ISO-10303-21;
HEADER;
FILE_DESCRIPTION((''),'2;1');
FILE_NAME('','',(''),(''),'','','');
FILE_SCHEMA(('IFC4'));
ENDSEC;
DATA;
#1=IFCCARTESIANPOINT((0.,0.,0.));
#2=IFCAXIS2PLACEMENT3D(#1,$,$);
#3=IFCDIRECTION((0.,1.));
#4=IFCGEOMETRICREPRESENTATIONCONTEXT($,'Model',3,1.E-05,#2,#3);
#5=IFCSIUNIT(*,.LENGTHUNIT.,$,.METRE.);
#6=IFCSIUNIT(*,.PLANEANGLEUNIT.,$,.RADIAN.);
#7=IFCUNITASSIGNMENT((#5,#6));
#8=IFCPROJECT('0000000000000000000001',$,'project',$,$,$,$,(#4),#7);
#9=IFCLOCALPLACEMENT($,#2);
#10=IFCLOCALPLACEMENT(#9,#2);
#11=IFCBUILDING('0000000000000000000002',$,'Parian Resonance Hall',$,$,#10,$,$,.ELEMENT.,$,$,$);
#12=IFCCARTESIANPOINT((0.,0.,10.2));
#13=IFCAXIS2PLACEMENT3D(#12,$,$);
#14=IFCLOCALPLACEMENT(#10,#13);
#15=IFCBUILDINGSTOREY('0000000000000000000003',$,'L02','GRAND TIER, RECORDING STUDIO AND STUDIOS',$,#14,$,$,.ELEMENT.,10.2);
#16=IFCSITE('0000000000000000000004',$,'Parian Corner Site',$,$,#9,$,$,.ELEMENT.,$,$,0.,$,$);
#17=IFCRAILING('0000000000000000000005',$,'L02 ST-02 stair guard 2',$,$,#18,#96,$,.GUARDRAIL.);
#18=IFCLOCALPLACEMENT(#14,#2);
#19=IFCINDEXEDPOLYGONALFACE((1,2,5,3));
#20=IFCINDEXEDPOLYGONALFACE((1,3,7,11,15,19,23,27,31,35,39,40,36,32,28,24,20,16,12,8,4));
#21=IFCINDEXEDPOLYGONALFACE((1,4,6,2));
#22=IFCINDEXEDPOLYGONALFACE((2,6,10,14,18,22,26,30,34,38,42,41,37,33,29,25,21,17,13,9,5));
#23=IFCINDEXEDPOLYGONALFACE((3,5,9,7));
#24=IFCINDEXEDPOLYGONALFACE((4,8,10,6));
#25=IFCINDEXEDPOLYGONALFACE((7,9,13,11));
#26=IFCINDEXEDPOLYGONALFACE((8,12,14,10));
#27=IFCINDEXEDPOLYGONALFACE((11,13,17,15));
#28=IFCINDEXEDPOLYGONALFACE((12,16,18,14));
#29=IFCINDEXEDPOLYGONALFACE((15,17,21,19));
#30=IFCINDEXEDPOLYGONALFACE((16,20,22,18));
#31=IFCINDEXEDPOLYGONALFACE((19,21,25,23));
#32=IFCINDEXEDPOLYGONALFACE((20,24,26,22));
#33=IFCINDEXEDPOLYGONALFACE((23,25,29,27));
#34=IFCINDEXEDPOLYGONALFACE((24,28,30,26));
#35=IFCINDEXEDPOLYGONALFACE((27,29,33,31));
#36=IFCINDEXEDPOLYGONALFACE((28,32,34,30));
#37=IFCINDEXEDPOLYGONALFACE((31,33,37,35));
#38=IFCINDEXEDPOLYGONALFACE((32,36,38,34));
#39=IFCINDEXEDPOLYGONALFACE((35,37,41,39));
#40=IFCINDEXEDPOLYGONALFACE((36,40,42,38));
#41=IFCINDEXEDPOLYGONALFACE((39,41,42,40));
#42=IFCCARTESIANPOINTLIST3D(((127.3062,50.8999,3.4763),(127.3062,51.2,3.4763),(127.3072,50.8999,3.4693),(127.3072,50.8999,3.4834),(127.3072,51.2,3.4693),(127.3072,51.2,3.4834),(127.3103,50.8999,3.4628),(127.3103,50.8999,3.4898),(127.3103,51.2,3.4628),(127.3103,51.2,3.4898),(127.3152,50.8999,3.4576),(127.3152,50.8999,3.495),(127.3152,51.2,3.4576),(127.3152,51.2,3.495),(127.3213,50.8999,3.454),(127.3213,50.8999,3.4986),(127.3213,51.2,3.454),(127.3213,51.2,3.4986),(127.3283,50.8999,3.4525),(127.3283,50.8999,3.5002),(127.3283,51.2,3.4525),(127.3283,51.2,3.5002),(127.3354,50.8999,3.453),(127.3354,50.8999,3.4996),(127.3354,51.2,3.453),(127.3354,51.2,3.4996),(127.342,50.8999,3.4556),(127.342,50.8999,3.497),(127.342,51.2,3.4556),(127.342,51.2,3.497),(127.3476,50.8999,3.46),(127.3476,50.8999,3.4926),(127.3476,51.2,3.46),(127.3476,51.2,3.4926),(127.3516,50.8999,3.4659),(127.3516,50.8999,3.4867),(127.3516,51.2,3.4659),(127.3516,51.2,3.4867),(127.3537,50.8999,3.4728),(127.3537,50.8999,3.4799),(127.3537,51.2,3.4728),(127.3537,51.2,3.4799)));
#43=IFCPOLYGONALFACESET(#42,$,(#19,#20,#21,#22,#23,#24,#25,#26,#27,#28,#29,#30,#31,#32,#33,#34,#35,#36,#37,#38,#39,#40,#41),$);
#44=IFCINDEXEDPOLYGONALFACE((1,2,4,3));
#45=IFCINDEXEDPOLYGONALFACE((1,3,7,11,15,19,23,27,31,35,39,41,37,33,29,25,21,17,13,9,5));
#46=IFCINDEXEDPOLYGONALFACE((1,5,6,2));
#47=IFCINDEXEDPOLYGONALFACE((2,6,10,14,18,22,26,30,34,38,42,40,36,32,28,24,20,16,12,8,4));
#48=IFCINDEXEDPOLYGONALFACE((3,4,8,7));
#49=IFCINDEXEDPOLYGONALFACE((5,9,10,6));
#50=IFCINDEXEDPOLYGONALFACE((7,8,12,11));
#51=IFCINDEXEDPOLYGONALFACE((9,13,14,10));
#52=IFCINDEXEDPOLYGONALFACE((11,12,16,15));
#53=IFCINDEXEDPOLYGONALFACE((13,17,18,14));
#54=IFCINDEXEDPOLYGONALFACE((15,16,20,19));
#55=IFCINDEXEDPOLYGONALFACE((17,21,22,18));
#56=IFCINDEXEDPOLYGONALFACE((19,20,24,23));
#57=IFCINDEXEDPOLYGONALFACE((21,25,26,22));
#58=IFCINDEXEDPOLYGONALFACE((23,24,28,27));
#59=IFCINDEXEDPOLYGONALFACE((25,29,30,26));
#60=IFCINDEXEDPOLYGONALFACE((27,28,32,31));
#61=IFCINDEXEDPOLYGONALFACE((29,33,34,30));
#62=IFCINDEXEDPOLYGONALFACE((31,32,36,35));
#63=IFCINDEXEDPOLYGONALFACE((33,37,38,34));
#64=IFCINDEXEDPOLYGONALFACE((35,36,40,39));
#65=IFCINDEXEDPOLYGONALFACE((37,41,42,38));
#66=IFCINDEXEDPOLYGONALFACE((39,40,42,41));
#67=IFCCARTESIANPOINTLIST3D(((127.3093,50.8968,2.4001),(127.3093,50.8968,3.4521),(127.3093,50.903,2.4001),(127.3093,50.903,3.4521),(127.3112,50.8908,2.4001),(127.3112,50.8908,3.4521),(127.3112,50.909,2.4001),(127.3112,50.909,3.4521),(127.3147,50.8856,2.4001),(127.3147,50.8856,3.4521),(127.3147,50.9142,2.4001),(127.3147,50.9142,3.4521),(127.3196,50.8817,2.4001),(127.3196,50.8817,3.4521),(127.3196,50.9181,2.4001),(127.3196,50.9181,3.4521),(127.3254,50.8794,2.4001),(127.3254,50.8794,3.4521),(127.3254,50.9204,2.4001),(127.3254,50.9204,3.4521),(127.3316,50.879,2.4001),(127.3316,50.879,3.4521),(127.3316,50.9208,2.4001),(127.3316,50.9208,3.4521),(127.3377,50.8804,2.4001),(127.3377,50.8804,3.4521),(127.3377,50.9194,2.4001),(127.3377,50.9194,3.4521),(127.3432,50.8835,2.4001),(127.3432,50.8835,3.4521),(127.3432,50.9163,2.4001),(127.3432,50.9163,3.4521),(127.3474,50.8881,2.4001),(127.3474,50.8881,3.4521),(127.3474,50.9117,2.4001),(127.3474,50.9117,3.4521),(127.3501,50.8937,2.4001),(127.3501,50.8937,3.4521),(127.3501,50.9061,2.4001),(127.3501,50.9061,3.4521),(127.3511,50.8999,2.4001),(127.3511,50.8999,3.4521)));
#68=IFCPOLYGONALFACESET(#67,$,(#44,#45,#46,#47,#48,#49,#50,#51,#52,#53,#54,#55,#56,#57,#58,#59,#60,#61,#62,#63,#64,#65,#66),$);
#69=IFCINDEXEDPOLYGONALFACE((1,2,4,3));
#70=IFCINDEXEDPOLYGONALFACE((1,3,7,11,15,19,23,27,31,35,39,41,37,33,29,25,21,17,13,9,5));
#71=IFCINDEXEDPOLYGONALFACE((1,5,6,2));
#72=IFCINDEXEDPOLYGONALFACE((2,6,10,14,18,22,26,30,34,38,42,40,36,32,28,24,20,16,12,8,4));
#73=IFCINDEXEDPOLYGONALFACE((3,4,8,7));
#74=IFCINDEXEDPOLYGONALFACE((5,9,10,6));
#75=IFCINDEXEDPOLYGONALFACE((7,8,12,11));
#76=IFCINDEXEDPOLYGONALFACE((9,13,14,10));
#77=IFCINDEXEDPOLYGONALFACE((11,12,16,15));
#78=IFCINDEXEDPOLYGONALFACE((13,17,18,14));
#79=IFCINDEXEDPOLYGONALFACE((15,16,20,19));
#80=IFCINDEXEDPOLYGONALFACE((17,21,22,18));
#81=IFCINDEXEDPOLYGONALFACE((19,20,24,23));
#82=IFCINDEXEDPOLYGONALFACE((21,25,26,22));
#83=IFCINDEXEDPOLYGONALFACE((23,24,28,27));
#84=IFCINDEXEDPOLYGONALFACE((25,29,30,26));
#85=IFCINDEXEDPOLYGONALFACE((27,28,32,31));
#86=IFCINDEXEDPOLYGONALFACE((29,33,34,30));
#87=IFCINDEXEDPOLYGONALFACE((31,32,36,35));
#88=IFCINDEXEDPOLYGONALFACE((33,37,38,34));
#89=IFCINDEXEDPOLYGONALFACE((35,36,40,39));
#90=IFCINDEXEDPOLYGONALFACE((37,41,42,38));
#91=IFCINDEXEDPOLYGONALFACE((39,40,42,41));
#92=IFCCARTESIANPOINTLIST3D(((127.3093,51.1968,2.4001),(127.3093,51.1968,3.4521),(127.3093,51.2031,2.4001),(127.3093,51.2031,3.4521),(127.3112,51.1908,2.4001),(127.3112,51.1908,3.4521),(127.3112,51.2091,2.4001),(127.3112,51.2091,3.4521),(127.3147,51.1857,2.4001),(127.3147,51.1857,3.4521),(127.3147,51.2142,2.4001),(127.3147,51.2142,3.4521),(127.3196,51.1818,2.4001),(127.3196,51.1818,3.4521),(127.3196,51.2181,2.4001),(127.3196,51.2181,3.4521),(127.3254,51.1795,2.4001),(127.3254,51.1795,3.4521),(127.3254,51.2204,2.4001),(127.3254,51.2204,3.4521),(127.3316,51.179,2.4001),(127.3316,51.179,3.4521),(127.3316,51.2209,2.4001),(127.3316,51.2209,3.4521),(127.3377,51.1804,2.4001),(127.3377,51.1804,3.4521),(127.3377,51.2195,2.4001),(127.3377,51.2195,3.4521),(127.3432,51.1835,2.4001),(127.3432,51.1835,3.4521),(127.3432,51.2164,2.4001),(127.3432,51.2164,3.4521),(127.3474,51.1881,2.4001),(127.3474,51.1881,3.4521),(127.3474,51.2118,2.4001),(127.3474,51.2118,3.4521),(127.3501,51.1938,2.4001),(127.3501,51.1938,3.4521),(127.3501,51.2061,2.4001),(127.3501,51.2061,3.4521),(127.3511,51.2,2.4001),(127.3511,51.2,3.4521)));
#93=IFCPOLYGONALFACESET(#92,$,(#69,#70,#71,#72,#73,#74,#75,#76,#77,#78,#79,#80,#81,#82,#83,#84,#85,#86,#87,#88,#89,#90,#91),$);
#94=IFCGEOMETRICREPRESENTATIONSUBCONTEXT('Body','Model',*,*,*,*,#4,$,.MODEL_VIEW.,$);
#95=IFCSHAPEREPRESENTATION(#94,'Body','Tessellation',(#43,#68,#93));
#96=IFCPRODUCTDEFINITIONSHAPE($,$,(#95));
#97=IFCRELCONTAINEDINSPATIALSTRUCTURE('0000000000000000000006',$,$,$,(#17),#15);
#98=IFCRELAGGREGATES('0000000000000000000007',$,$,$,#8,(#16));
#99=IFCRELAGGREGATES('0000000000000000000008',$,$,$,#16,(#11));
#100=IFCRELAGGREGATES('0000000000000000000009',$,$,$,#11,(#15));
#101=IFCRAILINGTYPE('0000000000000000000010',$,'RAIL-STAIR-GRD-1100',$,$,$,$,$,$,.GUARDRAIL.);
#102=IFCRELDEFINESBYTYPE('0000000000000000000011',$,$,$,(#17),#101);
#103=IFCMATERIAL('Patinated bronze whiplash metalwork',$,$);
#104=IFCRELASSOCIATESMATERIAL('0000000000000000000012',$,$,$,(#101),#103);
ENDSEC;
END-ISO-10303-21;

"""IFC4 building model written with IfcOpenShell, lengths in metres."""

from ifc_helpers import new_model, si_unit, direction, frame, origin, origin_2d, place, context, subcontext, project, spatial, circle, extrude, material, type_object, element, save


model = new_model("IFC4")

# Units and contexts
model_context = context("Model", 3, precision=1e-05, world=origin(), true_north=direction((0.0, 1.0)))
body_context = subcontext(model_context, "Body", "Model", "MODEL_VIEW")
ifc_project = project(units=[si_unit("LENGTHUNIT", "METRE"), si_unit("PLANEANGLEUNIT", "RADIAN")], contexts=[model_context])

# Site, building, storey
site_placement = place(None, origin())
site = spatial("IfcSite", under=ifc_project, at=site_placement, Name="Parian Corner Site", CompositionType="ELEMENT", RefElevation=0.0)
building_placement = place(site_placement, origin())
building = spatial("IfcBuilding", under=site, at=building_placement, Name="Parian Resonance Hall", CompositionType="ELEMENT")
storey_placement = place(building_placement, frame((0.0, 0.0, 10.2)))
storey = spatial("IfcBuildingStorey", under=building, at=storey_placement, Name="L02", Description="GRAND TIER, RECORDING STUDIO AND STUDIOS", CompositionType="ELEMENT", Elevation=10.2)

# Railing
ifc_material_1 = material(Name="Patinated bronze whiplash metalwork")
railing_type_1 = type_object("IfcRailingType", Name="RAIL-STAIR-GRD-1100", PredefinedType="GUARDRAIL", material=ifc_material_1)
railing_1_placement = place(storey_placement, frame((127.3301, 50.8999, 2.4001)))
element("IfcRailing", 1, at=railing_1_placement, inside=storey, type_object=railing_type_1, Name="L02 ST-02 stair guard 2", PredefinedType="GUARDRAIL", context=body_context, shape_type="SweptSolid", body=[
    extrude(circle(Radius=0.0239, at=origin_2d()), frame((0.0, 0.0, 1.0762), z_axis=(0.0, 1.0, 0.0), x_axis=(-1.0, 0.0, 0.0)), (0.0, 0.0, 1.0), 0.3),
    extrude(circle(Radius=0.021, at=origin_2d()), origin(), (0.0, 0.0, 1.0), 1.052),
    extrude(circle(Radius=0.021, at=origin_2d()), frame((0.0, 0.3, 0.0)), (0.0, 0.0, 1.0), 1.052),
])

save(model, "model.ifc")
